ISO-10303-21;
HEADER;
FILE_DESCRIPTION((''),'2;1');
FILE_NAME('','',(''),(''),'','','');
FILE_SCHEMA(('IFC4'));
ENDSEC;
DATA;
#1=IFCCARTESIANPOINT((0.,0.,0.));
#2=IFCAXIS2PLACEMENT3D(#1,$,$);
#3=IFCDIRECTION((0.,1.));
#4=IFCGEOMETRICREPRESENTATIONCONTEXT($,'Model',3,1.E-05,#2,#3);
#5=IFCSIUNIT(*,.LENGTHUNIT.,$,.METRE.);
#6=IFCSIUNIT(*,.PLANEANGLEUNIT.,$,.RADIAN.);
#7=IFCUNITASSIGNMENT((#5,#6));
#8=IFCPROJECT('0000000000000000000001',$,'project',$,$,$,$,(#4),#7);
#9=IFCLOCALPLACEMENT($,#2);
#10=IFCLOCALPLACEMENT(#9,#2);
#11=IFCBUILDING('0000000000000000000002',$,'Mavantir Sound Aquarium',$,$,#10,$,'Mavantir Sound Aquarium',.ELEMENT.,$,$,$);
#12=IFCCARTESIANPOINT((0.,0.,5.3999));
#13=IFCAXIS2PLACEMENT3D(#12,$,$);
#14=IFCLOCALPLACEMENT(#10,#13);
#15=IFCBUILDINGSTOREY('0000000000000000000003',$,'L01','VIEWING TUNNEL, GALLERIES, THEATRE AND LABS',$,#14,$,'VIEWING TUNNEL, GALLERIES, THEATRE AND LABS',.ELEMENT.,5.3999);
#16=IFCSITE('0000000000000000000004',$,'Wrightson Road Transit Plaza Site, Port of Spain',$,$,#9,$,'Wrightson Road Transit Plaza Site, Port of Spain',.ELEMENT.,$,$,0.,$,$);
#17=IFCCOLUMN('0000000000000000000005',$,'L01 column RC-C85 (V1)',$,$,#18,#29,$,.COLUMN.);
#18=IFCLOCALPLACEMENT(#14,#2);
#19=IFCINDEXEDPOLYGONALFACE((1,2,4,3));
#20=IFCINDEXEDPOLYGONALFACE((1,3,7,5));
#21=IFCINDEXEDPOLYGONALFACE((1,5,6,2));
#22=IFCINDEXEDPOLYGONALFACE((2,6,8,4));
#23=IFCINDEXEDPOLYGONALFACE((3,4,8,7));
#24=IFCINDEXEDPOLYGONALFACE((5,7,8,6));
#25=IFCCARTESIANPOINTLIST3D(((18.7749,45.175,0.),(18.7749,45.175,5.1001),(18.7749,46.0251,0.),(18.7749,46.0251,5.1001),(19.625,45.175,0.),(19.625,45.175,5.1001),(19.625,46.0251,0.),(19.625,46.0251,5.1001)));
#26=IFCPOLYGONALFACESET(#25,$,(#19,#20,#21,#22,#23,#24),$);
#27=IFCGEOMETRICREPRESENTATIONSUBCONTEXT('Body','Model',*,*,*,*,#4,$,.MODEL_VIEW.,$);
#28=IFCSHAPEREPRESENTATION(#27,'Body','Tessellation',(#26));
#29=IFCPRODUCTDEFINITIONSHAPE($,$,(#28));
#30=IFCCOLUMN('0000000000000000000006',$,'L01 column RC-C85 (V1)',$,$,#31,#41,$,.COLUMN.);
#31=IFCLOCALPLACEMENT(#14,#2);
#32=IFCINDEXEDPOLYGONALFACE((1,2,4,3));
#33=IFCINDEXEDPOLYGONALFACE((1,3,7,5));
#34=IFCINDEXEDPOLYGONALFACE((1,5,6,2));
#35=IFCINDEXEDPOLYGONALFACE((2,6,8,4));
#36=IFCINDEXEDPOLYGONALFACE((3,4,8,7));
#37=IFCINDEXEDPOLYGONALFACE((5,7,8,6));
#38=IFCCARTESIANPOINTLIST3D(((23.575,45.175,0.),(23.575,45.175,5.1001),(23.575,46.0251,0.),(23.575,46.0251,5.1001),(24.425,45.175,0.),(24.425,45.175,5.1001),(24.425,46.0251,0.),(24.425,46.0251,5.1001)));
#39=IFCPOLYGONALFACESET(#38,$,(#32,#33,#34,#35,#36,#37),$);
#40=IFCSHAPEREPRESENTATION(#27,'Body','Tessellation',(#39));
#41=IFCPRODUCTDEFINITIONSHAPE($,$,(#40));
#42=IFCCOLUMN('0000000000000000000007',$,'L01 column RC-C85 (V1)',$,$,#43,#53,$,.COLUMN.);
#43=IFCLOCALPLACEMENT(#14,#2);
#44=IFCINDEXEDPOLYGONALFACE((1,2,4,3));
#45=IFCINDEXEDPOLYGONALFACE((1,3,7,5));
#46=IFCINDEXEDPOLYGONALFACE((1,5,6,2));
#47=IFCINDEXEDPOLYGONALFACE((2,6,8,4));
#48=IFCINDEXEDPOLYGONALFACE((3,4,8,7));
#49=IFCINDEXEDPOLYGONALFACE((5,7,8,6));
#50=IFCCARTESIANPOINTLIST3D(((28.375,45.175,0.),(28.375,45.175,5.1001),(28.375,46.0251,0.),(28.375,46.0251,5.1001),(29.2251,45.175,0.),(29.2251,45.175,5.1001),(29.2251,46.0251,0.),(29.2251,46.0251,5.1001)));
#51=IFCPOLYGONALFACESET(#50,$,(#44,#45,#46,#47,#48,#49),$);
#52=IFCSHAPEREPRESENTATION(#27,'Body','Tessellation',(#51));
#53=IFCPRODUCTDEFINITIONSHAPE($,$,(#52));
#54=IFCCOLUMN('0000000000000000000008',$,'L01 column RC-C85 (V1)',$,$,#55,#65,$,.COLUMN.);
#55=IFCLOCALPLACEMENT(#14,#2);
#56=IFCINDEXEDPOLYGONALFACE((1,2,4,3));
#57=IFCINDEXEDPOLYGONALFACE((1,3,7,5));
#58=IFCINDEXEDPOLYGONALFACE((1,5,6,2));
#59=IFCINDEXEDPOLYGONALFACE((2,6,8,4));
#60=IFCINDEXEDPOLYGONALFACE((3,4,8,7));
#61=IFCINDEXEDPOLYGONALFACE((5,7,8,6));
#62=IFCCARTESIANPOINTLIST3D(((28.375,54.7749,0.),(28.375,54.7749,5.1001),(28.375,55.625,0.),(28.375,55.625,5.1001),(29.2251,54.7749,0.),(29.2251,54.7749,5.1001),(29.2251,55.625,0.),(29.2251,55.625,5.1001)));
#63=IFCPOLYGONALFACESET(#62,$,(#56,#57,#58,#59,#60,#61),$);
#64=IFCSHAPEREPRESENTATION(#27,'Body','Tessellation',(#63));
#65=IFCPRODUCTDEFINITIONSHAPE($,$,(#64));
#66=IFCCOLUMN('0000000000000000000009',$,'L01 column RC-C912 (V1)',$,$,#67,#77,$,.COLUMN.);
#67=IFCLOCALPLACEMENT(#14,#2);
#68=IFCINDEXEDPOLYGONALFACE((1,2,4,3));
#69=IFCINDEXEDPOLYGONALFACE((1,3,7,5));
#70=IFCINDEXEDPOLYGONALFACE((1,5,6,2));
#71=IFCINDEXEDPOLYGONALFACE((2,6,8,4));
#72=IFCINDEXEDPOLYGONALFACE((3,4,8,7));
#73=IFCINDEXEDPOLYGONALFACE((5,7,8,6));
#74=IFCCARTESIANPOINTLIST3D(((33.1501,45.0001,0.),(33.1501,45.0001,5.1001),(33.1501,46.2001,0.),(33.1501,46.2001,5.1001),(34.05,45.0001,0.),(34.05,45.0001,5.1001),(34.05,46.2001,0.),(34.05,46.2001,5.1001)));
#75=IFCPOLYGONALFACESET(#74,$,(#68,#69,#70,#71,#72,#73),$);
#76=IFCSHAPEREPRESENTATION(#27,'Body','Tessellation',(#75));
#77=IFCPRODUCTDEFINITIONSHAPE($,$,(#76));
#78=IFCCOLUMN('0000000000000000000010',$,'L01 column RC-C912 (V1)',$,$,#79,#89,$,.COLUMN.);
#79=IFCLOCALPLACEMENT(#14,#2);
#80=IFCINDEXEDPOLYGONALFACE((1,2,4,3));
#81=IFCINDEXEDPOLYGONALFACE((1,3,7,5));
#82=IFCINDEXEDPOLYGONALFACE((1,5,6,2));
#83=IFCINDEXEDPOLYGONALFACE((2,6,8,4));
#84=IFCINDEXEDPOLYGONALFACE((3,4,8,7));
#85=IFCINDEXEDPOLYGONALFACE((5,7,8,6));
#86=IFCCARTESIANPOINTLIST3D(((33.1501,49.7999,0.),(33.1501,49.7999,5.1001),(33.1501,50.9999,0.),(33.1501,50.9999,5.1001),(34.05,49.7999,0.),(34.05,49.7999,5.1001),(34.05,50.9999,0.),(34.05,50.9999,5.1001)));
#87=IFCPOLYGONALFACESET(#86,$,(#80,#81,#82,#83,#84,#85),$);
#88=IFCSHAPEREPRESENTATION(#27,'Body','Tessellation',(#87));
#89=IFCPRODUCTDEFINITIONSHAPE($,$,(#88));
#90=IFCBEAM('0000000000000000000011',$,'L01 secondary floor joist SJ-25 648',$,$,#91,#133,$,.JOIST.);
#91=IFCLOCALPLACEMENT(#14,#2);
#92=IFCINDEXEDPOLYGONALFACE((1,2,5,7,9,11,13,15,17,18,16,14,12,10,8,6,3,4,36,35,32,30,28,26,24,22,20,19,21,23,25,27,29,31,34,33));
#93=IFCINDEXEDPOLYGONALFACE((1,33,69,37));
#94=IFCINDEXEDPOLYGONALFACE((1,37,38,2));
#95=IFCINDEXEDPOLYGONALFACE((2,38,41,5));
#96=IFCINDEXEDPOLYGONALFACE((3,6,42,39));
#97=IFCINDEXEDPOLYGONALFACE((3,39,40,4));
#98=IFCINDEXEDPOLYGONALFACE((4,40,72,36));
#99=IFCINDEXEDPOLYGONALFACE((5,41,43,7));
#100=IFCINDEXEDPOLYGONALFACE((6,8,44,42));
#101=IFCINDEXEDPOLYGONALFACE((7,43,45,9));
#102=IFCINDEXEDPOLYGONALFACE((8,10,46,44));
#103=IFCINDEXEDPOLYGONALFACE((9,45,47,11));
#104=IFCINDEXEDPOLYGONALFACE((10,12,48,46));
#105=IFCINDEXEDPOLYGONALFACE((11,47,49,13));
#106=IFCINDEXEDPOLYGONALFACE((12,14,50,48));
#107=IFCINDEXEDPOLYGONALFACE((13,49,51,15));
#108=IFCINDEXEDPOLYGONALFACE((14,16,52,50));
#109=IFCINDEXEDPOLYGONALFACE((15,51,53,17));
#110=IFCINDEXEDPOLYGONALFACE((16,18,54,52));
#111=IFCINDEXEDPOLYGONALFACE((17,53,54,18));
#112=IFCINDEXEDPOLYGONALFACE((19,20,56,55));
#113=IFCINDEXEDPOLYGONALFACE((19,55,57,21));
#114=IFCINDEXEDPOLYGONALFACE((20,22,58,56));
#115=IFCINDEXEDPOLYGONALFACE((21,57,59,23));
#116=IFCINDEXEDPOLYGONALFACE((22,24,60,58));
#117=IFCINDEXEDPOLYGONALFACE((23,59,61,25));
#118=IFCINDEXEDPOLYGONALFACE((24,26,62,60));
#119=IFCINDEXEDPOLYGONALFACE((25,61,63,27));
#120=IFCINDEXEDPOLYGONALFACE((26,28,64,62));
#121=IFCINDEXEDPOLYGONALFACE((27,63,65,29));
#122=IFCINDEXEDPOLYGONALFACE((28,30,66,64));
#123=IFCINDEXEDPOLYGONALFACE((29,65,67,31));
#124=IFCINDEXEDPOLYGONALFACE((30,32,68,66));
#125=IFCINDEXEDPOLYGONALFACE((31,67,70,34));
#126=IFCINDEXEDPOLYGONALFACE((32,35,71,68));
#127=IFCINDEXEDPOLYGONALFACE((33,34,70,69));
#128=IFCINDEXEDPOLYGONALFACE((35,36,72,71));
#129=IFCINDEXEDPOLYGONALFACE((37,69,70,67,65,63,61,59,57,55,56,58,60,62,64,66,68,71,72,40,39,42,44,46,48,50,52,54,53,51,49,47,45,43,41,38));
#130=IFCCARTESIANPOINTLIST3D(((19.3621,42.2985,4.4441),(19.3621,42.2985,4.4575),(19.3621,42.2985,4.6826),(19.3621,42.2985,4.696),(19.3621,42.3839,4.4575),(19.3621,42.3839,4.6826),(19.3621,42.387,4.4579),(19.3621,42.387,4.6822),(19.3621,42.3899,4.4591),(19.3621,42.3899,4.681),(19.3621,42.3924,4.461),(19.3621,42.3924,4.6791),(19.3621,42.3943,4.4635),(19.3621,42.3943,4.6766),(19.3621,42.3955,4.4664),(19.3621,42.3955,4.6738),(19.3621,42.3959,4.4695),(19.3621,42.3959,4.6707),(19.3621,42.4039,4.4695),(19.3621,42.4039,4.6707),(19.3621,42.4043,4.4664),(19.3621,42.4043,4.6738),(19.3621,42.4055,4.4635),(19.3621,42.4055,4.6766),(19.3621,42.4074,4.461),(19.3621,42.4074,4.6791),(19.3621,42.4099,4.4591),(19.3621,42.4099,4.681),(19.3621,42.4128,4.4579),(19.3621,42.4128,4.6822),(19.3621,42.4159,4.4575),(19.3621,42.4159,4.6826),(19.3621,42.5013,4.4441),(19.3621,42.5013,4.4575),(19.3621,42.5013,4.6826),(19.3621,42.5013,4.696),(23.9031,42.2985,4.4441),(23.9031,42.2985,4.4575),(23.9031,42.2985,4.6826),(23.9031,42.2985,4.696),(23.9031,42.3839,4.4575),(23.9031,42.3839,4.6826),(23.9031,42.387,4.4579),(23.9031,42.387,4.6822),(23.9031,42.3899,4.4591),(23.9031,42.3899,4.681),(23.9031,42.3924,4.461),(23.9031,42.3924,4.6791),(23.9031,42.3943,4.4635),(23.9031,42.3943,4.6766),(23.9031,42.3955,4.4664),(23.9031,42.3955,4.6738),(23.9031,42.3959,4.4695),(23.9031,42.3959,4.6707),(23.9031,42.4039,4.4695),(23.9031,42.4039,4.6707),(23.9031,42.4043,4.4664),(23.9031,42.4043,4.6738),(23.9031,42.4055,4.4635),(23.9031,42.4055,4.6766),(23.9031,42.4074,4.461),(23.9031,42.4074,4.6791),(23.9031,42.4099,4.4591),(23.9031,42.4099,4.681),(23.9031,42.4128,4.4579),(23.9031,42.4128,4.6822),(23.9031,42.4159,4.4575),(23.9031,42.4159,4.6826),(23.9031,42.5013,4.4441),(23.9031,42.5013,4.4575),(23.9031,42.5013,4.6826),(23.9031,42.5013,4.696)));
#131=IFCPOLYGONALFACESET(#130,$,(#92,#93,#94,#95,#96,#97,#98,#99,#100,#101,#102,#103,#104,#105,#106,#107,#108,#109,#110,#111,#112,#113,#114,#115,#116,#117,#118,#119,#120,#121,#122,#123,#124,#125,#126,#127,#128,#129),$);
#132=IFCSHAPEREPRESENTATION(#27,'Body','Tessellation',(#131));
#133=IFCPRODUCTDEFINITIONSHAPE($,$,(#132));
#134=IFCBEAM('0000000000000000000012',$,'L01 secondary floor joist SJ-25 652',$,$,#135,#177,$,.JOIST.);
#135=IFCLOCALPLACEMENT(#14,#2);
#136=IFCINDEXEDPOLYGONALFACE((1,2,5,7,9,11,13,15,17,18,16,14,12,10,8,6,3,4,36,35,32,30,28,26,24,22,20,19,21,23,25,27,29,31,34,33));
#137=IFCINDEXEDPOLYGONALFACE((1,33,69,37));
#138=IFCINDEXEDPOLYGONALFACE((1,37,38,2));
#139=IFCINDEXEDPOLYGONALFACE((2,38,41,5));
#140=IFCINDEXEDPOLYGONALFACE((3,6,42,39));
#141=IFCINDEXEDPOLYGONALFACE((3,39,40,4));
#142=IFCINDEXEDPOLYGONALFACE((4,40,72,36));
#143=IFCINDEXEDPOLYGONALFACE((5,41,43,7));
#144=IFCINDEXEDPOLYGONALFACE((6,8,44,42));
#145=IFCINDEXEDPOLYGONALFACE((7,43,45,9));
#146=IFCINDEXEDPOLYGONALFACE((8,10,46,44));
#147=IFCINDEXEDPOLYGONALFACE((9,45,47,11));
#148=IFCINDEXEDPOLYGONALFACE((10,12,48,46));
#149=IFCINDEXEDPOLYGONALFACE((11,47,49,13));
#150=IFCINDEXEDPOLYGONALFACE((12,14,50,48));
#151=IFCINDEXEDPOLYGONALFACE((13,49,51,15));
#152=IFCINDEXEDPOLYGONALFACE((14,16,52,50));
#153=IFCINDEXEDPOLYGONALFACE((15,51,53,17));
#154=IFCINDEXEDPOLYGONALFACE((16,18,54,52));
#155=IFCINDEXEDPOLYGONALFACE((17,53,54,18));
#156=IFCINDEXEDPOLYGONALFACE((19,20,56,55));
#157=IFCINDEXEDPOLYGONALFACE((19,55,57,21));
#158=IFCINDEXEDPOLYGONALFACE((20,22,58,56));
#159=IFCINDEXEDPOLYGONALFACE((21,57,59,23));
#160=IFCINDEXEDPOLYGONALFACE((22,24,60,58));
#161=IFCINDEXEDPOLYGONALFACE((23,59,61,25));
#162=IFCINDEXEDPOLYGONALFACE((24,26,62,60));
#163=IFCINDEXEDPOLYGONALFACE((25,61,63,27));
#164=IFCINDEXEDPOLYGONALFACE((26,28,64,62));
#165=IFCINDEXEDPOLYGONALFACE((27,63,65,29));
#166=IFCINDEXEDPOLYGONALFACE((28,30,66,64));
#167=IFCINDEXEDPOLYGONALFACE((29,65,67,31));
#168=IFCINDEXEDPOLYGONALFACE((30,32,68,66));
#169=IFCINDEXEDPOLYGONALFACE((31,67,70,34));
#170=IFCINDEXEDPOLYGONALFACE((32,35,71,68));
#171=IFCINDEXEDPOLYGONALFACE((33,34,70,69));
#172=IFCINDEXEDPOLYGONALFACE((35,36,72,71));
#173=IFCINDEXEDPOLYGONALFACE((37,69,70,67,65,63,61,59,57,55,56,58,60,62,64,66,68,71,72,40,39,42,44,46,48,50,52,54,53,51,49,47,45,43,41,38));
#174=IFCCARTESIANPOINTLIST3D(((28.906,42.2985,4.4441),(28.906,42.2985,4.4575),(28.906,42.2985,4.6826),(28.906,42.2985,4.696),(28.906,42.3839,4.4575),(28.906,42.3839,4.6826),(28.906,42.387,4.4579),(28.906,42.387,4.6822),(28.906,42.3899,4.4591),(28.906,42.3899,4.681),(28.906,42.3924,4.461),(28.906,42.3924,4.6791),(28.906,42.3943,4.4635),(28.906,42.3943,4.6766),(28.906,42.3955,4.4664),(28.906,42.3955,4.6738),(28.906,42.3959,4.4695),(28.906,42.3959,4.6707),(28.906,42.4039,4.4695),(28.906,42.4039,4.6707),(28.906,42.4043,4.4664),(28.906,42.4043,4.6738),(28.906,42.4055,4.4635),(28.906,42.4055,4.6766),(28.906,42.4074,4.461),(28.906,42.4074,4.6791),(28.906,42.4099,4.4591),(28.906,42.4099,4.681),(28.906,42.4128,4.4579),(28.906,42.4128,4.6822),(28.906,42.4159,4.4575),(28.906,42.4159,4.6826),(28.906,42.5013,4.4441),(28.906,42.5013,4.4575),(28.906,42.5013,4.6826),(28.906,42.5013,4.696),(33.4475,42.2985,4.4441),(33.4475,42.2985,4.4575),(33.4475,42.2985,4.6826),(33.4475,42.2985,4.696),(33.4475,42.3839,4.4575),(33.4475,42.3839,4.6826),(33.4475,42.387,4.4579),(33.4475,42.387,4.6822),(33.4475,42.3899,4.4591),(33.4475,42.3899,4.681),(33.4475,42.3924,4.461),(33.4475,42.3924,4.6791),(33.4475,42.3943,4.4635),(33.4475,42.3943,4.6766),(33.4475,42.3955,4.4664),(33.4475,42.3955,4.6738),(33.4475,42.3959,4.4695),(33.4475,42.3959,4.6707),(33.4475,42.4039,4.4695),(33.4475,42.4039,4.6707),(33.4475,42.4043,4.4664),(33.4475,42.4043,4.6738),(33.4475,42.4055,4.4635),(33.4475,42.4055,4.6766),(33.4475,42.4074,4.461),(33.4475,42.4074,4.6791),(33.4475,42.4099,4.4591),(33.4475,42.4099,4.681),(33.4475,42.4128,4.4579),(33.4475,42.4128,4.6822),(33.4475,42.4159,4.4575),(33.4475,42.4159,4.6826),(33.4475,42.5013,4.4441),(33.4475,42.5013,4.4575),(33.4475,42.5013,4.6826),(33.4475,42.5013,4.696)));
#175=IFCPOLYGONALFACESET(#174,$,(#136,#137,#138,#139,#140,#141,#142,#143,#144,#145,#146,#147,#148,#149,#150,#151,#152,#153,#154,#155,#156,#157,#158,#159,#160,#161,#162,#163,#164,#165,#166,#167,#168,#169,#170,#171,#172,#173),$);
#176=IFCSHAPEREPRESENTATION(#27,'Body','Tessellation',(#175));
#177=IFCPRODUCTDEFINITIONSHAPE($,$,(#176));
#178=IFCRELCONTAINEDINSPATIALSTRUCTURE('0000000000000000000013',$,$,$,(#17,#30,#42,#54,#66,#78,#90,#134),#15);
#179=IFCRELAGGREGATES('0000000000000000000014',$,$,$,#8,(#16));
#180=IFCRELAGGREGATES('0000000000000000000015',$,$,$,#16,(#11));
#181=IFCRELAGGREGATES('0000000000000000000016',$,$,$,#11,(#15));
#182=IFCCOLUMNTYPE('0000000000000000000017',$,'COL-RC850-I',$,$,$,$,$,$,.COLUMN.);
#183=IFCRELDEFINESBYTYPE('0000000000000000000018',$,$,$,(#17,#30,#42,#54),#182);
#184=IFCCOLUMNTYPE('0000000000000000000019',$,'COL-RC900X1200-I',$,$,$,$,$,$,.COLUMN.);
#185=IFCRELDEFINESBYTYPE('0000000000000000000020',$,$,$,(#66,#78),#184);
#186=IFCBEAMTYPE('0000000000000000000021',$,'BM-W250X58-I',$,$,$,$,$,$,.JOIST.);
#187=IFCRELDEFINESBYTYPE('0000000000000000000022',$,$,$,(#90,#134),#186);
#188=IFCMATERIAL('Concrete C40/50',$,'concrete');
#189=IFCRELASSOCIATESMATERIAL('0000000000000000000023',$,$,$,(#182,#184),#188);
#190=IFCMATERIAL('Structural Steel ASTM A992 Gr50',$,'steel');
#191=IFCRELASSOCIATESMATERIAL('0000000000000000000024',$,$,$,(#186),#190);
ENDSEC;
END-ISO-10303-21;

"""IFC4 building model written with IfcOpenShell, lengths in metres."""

from ifc_helpers import new_model, si_unit, direction, frame, origin, origin_2d, place, context, subcontext, project, spatial, rectangle, i_section, extrude, material, material_profile, profile_set, type_object, element, save


model = new_model("IFC4")

# Units and contexts
model_context = context("Model", 3, precision=1e-05, world=origin(), true_north=direction((0.0, 1.0)))
body_context = subcontext(model_context, "Body", "Model", "MODEL_VIEW")
ifc_project = project(units=[si_unit("LENGTHUNIT", "METRE"), si_unit("PLANEANGLEUNIT", "RADIAN")], contexts=[model_context])

# Site, building, storey
site_placement = place(None, origin())
site = spatial("IfcSite", under=ifc_project, at=site_placement, Name="Wrightson Road Transit Plaza Site, Port of Spain", LongName="Wrightson Road Transit Plaza Site, Port of Spain", CompositionType="ELEMENT", RefElevation=0.0)
building_placement = place(site_placement, origin())
building = spatial("IfcBuilding", under=site, at=building_placement, Name="Mavantir Sound Aquarium", LongName="Mavantir Sound Aquarium", CompositionType="ELEMENT")
storey_placement = place(building_placement, frame((0.0, 0.0, 5.3999)))
storey = spatial("IfcBuildingStorey", under=building, at=storey_placement, Name="L01", Description="VIEWING TUNNEL, GALLERIES, THEATRE AND LABS", LongName="VIEWING TUNNEL, GALLERIES, THEATRE AND LABS", CompositionType="ELEMENT", Elevation=5.3999)

# Columns
ifc_material_1 = material(Name="Concrete C40/50", Category="concrete")
ifc_material_profile_1 = material_profile(ifc_material_1, rectangle(XDim=0.8501, YDim=0.8501, at=origin_2d()), Name="RC 850X850")
ifc_profile_set_1 = profile_set([ifc_material_profile_1], Name="Concrete C40/50")
column_type_1 = type_object("IfcColumnType", Name="COL-RC850-I", PredefinedType="COLUMN", material=ifc_profile_set_1)
for number, where, z_axis, x_axis, name in (
    (1, (19.2, 45.6001, 0.0), (0.0, 0.0, 1.0), (1.0, 0.0, 0.0), "L01 column RC-C85 (V1)"),
    (2, (24.0, 45.6001, 0.0), (0.0, 0.0, 1.0), (1.0, 0.0, 0.0), "L01 column RC-C85 (V1)"),
    (3, (28.8, 45.6001, 0.0), (0.0, 0.0, 1.0), (1.0, 0.0, 0.0), "L01 column RC-C85 (V1)"),
    (4, (28.8, 55.2, 0.0), (0.0, 0.0, 1.0), (1.0, 0.0, 0.0), "L01 column RC-C85 (V1)"),
):
    element("IfcColumn", number, at=place(storey_placement, frame(where, z_axis=z_axis, x_axis=x_axis)), inside=storey, type_object=column_type_1, Name=name, PredefinedType="COLUMN", context=body_context, shape_type="SweptSolid", body=[
        extrude(rectangle(XDim=0.8501, YDim=0.8501, at=origin_2d()), origin(), (0.0, 0.0, 1.0), 5.1001),
    ])
ifc_material_profile_2 = material_profile(ifc_material_1, rectangle(XDim=0.8999, YDim=1.2, at=origin_2d()), Name="RC 900X1200")
ifc_profile_set_2 = profile_set([ifc_material_profile_2], Name="Concrete C40/50")
column_type_2 = type_object("IfcColumnType", Name="COL-RC900X1200-I", PredefinedType="COLUMN", material=ifc_profile_set_2)
for number, where, z_axis, x_axis, name in (
    (5, (33.6001, 45.6001, 0.0), (0.0, 0.0, 1.0), (1.0, 0.0, 0.0), "L01 column RC-C912 (V1)"),
    (6, (33.6001, 50.3999, 0.0), (0.0, 0.0, 1.0), (1.0, 0.0, 0.0), "L01 column RC-C912 (V1)"),
):
    element("IfcColumn", number, at=place(storey_placement, frame(where, z_axis=z_axis, x_axis=x_axis)), inside=storey, type_object=column_type_2, Name=name, PredefinedType="COLUMN", context=body_context, shape_type="SweptSolid", body=[
        extrude(rectangle(XDim=0.8999, YDim=1.2, at=origin_2d()), origin(), (0.0, 0.0, 1.0), 5.1001),
    ])

# Beams
ifc_material_2 = material(Name="Structural Steel ASTM A992 Gr50", Category="steel")
ifc_material_profile_3 = material_profile(ifc_material_2, i_section(OverallWidth=0.2029, OverallDepth=0.252, WebThickness=0.0081, FlangeThickness=0.0134, FilletRadius=0.012, at=origin_2d()), Name="W250X58")
ifc_profile_set_3 = profile_set([ifc_material_profile_3], Name="Structural Steel ASTM A992 Gr50")
beam_type_1 = type_object("IfcBeamType", Name="BM-W250X58-I", PredefinedType="JOIST", material=ifc_profile_set_3)
beam_1_placement = place(storey_placement, frame((19.3621, 42.3999, 4.5701), z_axis=(1.0, 0.0, 0.0), x_axis=(0.0, 1.0, 0.0)))
element("IfcBeam", 7, at=beam_1_placement, inside=storey, type_object=beam_type_1, Name="L01 secondary floor joist SJ-25 648", PredefinedType="JOIST", context=body_context, shape_type="SweptSolid", body=[
    extrude(i_section(OverallWidth=0.2029, OverallDepth=0.252, WebThickness=0.0081, FlangeThickness=0.0134, FilletRadius=0.012, at=origin_2d()), origin(), (0.0, 0.0, 1.0), 4.541),
])
beam_2_placement = place(storey_placement, frame((28.906, 42.3999, 4.5701), z_axis=(1.0, 0.0, 0.0), x_axis=(0.0, 1.0, 0.0)))
element("IfcBeam", 8, at=beam_2_placement, inside=storey, type_object=beam_type_1, Name="L01 secondary floor joist SJ-25 652", PredefinedType="JOIST", context=body_context, shape_type="SweptSolid", body=[
    extrude(i_section(OverallWidth=0.2029, OverallDepth=0.252, WebThickness=0.0081, FlangeThickness=0.0134, FilletRadius=0.012, at=origin_2d()), origin(), (0.0, 0.0, 1.0), 4.5415),
])

save(model, "model.ifc")
